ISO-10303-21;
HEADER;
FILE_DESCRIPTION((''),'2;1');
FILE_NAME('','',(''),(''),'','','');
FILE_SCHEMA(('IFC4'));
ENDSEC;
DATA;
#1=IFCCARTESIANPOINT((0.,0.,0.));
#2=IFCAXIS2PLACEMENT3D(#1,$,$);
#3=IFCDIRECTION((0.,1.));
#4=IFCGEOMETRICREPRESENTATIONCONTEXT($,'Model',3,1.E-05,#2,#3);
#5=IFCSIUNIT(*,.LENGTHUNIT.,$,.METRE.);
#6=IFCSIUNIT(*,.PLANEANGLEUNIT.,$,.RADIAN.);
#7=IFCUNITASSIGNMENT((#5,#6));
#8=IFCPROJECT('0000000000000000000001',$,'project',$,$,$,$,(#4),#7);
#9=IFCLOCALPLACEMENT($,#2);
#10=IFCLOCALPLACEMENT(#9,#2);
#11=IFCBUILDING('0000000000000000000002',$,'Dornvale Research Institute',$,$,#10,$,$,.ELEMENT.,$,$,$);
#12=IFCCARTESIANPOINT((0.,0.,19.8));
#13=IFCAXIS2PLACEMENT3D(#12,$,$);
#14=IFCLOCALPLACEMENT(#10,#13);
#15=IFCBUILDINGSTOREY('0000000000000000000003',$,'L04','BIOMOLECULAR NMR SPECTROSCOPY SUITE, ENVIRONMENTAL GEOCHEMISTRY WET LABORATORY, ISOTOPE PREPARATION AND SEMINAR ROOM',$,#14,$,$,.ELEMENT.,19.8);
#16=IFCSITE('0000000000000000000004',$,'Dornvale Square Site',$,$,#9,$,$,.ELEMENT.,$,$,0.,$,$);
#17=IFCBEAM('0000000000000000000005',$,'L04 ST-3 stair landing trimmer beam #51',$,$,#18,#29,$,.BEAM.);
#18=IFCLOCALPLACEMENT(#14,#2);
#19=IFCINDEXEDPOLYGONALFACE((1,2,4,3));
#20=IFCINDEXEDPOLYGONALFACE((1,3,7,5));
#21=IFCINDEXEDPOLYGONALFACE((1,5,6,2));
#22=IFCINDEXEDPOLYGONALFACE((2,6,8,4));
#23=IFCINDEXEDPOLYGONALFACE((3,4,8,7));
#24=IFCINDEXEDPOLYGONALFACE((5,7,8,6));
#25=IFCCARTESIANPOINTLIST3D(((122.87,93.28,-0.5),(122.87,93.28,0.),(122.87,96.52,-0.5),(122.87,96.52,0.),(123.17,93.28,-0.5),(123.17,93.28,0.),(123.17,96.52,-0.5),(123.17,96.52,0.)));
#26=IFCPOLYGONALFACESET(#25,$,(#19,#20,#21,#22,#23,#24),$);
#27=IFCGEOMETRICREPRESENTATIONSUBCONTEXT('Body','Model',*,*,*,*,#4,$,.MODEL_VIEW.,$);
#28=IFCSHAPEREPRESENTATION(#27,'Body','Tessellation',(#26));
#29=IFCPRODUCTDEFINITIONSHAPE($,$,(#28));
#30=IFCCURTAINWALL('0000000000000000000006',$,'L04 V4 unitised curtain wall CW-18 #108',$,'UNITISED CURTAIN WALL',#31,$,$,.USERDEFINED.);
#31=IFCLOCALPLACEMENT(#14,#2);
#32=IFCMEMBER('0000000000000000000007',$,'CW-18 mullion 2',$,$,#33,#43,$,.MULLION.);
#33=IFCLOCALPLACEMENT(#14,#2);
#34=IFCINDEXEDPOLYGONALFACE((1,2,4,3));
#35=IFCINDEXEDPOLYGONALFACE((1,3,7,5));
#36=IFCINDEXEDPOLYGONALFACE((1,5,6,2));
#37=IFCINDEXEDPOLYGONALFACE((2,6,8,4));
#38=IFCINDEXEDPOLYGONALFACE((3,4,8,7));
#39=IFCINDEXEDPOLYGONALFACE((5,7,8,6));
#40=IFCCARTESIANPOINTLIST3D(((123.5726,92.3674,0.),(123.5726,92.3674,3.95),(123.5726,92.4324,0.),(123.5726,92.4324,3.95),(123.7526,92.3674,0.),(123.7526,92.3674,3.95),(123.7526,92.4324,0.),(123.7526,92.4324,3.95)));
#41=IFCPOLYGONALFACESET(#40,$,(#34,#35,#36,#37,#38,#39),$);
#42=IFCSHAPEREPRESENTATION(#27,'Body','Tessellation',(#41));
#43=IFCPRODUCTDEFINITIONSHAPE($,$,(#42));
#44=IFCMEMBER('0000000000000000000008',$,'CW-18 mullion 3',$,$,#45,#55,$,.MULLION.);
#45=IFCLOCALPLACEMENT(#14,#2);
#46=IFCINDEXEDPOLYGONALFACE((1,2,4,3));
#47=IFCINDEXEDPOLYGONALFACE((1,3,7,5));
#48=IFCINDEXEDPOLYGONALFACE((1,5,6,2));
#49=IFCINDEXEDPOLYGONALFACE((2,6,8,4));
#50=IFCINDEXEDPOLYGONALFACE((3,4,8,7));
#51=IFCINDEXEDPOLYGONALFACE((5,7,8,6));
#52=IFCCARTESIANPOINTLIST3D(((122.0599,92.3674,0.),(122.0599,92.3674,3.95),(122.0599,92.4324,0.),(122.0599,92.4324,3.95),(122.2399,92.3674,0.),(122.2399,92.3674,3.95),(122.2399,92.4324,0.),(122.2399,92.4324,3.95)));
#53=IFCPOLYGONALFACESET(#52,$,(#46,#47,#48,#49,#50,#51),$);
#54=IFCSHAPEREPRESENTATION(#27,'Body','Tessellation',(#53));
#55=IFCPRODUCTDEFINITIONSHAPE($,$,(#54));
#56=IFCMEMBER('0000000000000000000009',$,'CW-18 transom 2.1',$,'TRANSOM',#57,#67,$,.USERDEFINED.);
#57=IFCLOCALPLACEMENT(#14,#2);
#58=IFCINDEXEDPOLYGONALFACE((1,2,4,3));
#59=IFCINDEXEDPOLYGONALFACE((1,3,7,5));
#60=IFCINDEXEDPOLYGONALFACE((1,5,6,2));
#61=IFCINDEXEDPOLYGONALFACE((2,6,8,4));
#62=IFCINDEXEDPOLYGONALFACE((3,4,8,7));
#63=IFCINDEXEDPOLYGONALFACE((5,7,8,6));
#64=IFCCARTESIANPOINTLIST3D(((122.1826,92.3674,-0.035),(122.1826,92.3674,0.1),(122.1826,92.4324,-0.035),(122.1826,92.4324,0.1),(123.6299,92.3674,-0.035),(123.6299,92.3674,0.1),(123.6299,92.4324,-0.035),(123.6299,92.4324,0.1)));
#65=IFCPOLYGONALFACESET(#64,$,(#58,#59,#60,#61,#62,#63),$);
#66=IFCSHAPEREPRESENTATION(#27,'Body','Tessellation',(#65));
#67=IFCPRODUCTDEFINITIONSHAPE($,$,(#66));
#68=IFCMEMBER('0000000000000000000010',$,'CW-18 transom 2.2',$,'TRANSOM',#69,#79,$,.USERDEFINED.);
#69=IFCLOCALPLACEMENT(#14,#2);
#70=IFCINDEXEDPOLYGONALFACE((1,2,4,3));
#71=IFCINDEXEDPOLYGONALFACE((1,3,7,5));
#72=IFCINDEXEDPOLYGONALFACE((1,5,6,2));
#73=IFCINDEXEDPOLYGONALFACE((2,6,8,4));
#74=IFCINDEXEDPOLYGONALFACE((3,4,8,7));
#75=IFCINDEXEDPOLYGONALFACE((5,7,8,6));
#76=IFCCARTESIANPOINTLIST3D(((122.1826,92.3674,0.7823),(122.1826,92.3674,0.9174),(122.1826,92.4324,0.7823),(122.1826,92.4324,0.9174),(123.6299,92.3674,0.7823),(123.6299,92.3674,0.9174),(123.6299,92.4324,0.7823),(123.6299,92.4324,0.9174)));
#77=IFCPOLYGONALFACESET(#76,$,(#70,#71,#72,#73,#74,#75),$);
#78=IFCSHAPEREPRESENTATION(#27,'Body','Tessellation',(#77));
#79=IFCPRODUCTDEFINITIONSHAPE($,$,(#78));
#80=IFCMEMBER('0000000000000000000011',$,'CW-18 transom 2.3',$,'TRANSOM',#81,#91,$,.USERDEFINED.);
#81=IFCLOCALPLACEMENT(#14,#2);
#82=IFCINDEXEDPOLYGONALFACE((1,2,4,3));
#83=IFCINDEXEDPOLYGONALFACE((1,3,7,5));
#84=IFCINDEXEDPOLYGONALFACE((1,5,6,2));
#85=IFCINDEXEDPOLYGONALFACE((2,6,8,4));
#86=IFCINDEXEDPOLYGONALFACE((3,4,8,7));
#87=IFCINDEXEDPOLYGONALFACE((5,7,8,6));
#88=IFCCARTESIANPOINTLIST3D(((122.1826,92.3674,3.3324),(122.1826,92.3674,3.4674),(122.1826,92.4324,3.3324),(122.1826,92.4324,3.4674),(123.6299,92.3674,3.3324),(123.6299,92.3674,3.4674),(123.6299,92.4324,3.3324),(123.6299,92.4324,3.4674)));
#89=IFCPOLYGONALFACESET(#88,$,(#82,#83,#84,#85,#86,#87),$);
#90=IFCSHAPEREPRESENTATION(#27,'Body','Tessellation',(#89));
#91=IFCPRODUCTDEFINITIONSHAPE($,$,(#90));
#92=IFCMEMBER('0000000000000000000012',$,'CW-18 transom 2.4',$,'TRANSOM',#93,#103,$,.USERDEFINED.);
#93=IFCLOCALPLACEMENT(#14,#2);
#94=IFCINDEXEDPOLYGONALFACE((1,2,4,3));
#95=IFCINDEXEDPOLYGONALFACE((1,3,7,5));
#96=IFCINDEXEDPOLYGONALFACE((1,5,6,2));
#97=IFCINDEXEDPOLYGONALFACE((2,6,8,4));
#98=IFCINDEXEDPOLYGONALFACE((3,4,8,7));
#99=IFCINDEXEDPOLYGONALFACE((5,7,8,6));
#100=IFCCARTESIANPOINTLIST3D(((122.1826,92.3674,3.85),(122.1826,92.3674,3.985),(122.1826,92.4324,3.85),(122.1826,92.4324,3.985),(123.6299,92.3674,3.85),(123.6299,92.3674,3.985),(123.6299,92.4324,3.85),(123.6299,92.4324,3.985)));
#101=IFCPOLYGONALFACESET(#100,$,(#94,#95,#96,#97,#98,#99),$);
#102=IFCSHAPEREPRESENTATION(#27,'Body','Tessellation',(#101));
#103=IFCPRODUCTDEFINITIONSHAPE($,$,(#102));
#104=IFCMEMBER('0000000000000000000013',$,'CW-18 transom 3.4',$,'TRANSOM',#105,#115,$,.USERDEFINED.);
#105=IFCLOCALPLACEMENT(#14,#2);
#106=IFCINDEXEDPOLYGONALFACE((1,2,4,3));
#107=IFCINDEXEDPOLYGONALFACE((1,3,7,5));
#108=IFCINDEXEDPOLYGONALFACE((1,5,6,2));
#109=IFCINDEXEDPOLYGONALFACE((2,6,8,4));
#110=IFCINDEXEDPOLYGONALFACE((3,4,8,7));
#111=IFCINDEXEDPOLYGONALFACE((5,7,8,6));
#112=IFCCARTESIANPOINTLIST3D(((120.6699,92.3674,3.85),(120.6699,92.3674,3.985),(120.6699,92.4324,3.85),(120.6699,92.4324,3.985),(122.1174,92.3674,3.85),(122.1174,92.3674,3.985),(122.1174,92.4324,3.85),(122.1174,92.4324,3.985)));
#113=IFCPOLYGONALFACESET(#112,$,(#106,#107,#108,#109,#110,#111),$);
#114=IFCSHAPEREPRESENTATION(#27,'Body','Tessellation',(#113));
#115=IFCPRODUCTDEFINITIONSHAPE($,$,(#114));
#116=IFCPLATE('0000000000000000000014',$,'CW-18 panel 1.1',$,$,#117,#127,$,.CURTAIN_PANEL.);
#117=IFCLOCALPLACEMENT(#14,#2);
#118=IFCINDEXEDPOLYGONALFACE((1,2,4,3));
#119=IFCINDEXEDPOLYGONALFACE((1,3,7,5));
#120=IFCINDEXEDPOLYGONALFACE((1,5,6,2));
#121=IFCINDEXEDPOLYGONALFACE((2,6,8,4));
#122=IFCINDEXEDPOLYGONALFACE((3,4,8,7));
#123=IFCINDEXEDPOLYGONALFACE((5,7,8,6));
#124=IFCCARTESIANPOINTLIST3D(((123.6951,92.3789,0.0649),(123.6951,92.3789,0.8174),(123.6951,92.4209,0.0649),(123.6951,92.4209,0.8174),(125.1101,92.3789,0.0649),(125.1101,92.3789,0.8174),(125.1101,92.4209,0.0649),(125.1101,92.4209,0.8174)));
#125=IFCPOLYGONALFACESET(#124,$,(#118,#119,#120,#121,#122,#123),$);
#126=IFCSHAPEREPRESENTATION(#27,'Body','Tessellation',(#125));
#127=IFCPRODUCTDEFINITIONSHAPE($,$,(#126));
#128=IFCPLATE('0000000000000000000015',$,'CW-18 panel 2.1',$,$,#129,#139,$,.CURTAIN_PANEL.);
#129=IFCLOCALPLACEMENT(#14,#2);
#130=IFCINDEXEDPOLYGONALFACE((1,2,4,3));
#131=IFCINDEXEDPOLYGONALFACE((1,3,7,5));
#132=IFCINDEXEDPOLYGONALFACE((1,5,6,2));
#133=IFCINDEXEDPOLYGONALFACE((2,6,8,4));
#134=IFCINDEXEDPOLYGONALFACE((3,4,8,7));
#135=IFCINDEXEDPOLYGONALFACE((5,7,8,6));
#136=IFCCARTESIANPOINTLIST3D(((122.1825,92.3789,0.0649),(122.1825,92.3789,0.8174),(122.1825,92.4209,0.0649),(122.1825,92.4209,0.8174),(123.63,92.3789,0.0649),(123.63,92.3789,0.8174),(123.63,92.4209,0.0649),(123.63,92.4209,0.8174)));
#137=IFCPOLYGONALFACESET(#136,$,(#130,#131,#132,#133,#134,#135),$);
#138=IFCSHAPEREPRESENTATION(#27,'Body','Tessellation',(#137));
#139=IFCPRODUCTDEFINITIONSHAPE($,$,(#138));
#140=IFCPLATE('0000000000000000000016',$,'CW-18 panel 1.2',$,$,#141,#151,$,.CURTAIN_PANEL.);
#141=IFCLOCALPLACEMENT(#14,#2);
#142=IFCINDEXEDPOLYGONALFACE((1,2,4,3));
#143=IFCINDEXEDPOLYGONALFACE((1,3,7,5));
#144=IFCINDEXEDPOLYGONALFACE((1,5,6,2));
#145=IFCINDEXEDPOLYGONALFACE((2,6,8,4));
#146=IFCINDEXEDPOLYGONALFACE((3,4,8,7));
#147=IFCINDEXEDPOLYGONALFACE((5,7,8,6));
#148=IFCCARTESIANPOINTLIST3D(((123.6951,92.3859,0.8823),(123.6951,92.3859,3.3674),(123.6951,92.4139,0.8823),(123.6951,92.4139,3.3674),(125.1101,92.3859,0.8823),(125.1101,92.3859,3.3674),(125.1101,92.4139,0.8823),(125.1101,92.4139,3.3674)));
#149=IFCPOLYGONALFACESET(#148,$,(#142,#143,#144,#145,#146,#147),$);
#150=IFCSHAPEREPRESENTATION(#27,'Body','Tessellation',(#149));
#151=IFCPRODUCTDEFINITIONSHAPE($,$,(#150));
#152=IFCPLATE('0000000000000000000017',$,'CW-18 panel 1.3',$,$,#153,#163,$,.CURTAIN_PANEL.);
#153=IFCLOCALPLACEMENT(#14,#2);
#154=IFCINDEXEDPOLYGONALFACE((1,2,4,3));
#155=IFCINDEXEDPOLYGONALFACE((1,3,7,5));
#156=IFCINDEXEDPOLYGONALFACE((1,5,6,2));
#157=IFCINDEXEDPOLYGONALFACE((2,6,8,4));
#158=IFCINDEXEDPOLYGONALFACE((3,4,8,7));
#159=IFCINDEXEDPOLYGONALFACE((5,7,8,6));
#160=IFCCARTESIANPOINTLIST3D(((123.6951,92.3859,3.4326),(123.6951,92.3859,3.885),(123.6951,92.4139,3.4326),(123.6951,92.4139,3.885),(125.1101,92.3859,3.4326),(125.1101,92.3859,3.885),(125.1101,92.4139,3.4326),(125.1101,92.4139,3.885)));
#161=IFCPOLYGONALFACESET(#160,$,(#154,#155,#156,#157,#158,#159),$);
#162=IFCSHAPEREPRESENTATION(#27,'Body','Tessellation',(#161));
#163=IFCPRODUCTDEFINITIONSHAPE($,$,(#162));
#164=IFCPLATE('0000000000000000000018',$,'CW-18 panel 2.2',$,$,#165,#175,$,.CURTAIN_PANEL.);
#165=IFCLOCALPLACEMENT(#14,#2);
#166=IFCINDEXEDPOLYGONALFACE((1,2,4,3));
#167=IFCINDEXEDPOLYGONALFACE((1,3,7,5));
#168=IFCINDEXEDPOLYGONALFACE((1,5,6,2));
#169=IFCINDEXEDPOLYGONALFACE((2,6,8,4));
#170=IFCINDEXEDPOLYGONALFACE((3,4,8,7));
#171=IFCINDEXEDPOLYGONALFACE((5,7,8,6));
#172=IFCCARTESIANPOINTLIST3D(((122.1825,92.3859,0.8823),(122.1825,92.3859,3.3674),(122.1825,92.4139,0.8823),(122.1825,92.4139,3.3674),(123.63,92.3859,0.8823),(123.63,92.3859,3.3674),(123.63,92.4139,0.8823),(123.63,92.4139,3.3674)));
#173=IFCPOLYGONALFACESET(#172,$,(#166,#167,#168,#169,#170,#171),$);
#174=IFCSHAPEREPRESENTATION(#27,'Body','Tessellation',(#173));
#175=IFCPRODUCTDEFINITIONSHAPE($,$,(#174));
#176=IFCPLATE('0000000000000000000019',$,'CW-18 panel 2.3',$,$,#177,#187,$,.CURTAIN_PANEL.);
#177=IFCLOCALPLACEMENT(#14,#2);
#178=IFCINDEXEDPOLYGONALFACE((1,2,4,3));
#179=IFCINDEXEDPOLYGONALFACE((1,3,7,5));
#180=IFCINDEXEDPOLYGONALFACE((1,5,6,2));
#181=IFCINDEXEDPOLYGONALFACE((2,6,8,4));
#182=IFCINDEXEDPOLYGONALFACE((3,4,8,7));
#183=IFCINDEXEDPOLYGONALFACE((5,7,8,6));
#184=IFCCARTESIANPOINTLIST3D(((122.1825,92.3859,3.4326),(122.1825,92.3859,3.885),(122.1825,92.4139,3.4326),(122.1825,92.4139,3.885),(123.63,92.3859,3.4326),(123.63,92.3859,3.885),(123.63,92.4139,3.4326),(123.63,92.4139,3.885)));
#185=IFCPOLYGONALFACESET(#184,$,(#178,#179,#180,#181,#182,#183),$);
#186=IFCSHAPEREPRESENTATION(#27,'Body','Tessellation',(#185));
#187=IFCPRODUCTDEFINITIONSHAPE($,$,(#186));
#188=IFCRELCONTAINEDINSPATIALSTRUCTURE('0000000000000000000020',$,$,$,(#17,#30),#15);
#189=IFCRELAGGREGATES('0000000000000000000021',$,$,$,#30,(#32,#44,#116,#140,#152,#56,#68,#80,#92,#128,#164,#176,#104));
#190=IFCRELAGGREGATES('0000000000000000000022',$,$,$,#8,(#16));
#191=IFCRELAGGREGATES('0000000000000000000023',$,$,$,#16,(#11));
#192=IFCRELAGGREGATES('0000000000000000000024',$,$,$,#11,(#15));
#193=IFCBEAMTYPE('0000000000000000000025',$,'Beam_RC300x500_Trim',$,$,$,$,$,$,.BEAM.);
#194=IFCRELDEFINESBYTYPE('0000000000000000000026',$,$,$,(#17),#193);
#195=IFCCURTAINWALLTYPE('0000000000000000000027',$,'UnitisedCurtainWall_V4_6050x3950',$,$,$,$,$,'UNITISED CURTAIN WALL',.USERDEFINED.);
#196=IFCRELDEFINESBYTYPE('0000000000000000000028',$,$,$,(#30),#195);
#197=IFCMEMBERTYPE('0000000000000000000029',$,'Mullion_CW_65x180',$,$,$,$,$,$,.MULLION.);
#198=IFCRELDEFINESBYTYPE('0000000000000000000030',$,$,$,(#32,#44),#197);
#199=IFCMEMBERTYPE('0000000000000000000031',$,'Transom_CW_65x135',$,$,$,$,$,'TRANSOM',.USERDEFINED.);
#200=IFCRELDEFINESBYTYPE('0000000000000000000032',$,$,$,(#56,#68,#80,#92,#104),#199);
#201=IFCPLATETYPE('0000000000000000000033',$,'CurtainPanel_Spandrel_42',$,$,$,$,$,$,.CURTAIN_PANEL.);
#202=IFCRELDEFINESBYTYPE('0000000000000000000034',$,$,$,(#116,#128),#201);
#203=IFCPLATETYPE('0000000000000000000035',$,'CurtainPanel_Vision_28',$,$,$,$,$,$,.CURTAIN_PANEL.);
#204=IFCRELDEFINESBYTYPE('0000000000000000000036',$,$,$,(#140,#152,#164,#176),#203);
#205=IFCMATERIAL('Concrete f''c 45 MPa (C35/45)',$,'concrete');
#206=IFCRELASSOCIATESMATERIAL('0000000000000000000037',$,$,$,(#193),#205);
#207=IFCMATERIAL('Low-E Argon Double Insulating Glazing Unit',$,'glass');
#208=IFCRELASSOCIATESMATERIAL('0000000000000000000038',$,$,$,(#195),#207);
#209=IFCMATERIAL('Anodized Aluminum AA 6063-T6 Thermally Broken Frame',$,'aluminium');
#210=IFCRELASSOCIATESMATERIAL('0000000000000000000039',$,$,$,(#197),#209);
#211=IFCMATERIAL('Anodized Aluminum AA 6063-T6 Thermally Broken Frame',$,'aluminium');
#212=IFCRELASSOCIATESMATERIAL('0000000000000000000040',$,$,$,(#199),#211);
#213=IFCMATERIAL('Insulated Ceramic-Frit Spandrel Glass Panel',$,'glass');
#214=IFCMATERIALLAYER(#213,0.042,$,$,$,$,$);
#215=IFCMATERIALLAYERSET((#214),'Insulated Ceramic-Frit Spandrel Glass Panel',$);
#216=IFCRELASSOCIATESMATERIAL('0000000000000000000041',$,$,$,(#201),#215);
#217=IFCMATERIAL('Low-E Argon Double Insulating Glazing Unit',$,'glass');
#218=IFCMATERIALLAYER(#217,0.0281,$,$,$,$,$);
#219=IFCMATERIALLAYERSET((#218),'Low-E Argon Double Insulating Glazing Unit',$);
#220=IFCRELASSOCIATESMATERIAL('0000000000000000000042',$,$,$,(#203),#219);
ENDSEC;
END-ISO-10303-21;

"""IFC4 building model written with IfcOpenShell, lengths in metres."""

from ifc_helpers import new_model, si_unit, direction, frame, origin, origin_2d, place, context, subcontext, project, spatial, rectangle, extrude, material, layer, layer_set, material_profile, profile_set, type_object, element, aggregate, save


model = new_model("IFC4")

# Units and contexts
model_context = context("Model", 3, precision=1e-05, world=origin(), true_north=direction((0.0, 1.0)))
body_context = subcontext(model_context, "Body", "Model", "MODEL_VIEW")
ifc_project = project(units=[si_unit("LENGTHUNIT", "METRE"), si_unit("PLANEANGLEUNIT", "RADIAN")], contexts=[model_context])

# Site, building, storey
site_placement = place(None, origin())
site = spatial("IfcSite", under=ifc_project, at=site_placement, Name="Dornvale Square Site", CompositionType="ELEMENT", RefElevation=0.0)
building_placement = place(site_placement, origin())
building = spatial("IfcBuilding", under=site, at=building_placement, Name="Dornvale Research Institute", CompositionType="ELEMENT")
storey_placement = place(building_placement, frame((0.0, 0.0, 19.8)))
storey = spatial("IfcBuildingStorey", under=building, at=storey_placement, Name="L04", Description="BIOMOLECULAR NMR SPECTROSCOPY SUITE, ENVIRONMENTAL GEOCHEMISTRY WET LABORATORY, ISOTOPE PREPARATION AND SEMINAR ROOM", CompositionType="ELEMENT", Elevation=19.8)

# Beam
ifc_material_1 = material(Name="Concrete f'c 45 MPa (C35/45)", Category="concrete")
ifc_material_profile_1 = material_profile(ifc_material_1, rectangle(XDim=0.3, YDim=0.5, at=origin_2d()), Name="RC 300x500")
ifc_profile_set_1 = profile_set([ifc_material_profile_1], Name="Concrete f'c 45 MPa (C35/45)")
beam_type = type_object("IfcBeamType", Name="Beam_RC300x500_Trim", PredefinedType="BEAM", material=ifc_profile_set_1)
beam_placement = place(storey_placement, frame((123.02, 93.28, -0.25), z_axis=(0.0, 1.0, 0.0), x_axis=(-1.0, 0.0, 0.0)))
element("IfcBeam", 1, at=beam_placement, inside=storey, type_object=beam_type, Name="L04 ST-3 stair landing trimmer beam #51", PredefinedType="BEAM", context=body_context, shape_type="SweptSolid", body=[
    extrude(rectangle(XDim=0.3, YDim=0.5, at=origin_2d()), origin(), (0.0, 0.0, 1.0), 3.24),
])

# Curtain wall, members, plates
ifc_material_2 = material(Name="Low-E Argon Double Insulating Glazing Unit", Category="glass")
curtain_wall_type = type_object("IfcCurtainWallType", Name="UnitisedCurtainWall_V4_6050x3950", ElementType="UNITISED CURTAIN WALL", PredefinedType="USERDEFINED", material=ifc_material_2)
curtain_wall_placement = place(storey_placement, origin())
curtain_wall = element("IfcCurtainWall", 2, at=curtain_wall_placement, inside=storey, type_object=curtain_wall_type, Name="L04 V4 unitised curtain wall CW-18 #108", ObjectType="UNITISED CURTAIN WALL", PredefinedType="USERDEFINED")
ifc_material_3 = material(Name="Anodized Aluminum AA 6063-T6 Thermally Broken Frame", Category="aluminium")
ifc_material_profile_2 = material_profile(ifc_material_3, rectangle(XDim=0.0649, YDim=0.1799, at=origin_2d()), Name="ALU MULLION 65x180")
ifc_profile_set_2 = profile_set([ifc_material_profile_2], Name="Anodized Aluminum AA 6063-T6 Thermally Broken Frame")
member_type_1 = type_object("IfcMemberType", Name="Mullion_CW_65x180", PredefinedType="MULLION", material=ifc_profile_set_2)
member_1_placement = place(storey_placement, frame((123.6626, 92.3999, 0.0), z_axis=(0.0, 0.0, 1.0), x_axis=(0.0, -1.0, 0.0)))
member_1 = element("IfcMember", 3, at=member_1_placement, type_object=member_type_1, Name="CW-18 mullion 2", PredefinedType="MULLION", context=body_context, shape_type="SweptSolid", body=[
    extrude(rectangle(XDim=0.0649, YDim=0.1799, at=origin_2d()), origin(), (0.0, 0.0, 1.0), 3.95),
])
member_2_placement = place(storey_placement, frame((122.1499, 92.3999, 0.0), z_axis=(0.0, 0.0, 1.0), x_axis=(0.0, -1.0, 0.0)))
member_2 = element("IfcMember", 4, at=member_2_placement, type_object=member_type_1, Name="CW-18 mullion 3", PredefinedType="MULLION", context=body_context, shape_type="SweptSolid", body=[
    extrude(rectangle(XDim=0.0649, YDim=0.1799, at=origin_2d()), origin(), (0.0, 0.0, 1.0), 3.95),
])
ifc_material_4 = material(Name="Anodized Aluminum AA 6063-T6 Thermally Broken Frame", Category="aluminium")
ifc_material_profile_3 = material_profile(ifc_material_4, rectangle(XDim=0.0649, YDim=0.135, at=origin_2d()), Name="ALU TRANSOM 65x135")
ifc_profile_set_3 = profile_set([ifc_material_profile_3], Name="Anodized Aluminum AA 6063-T6 Thermally Broken Frame")
member_type_2 = type_object("IfcMemberType", Name="Transom_CW_65x135", ElementType="TRANSOM", PredefinedType="USERDEFINED", material=ifc_profile_set_3)
member_3_placement = place(storey_placement, frame((123.6299, 92.3999, 0.0325), z_axis=(-1.0, 0.0, 0.0), x_axis=(0.0, -1.0, 0.0)))
member_3 = element("IfcMember", 5, at=member_3_placement, type_object=member_type_2, Name="CW-18 transom 2.1", ObjectType="TRANSOM", PredefinedType="USERDEFINED", context=body_context, shape_type="SweptSolid", body=[
    extrude(rectangle(XDim=0.0649, YDim=0.135, at=origin_2d()), origin(), (0.0, 0.0, 1.0), 1.4473),
])
member_4_placement = place(storey_placement, frame((123.6299, 92.3999, 0.8499), z_axis=(-1.0, 0.0, 0.0), x_axis=(0.0, -1.0, 0.0)))
member_4 = element("IfcMember", 6, at=member_4_placement, type_object=member_type_2, Name="CW-18 transom 2.2", ObjectType="TRANSOM", PredefinedType="USERDEFINED", context=body_context, shape_type="SweptSolid", body=[
    extrude(rectangle(XDim=0.0649, YDim=0.135, at=origin_2d()), origin(), (0.0, 0.0, 1.0), 1.4473),
])
member_5_placement = place(storey_placement, frame((123.6299, 92.3999, 3.3999), z_axis=(-1.0, 0.0, 0.0), x_axis=(0.0, -1.0, 0.0)))
member_5 = element("IfcMember", 7, at=member_5_placement, type_object=member_type_2, Name="CW-18 transom 2.3", ObjectType="TRANSOM", PredefinedType="USERDEFINED", context=body_context, shape_type="SweptSolid", body=[
    extrude(rectangle(XDim=0.0649, YDim=0.135, at=origin_2d()), origin(), (0.0, 0.0, 1.0), 1.4473),
])
member_6_placement = place(storey_placement, frame((123.6299, 92.3999, 3.9175), z_axis=(-1.0, 0.0, 0.0), x_axis=(0.0, -1.0, 0.0)))
member_6 = element("IfcMember", 8, at=member_6_placement, type_object=member_type_2, Name="CW-18 transom 2.4", ObjectType="TRANSOM", PredefinedType="USERDEFINED", context=body_context, shape_type="SweptSolid", body=[
    extrude(rectangle(XDim=0.0649, YDim=0.135, at=origin_2d()), origin(), (0.0, 0.0, 1.0), 1.4473),
])
member_7_placement = place(storey_placement, frame((122.1174, 92.3999, 3.9175), z_axis=(-1.0, 0.0, 0.0), x_axis=(0.0, -1.0, 0.0)))
member_7 = element("IfcMember", 9, at=member_7_placement, type_object=member_type_2, Name="CW-18 transom 3.4", ObjectType="TRANSOM", PredefinedType="USERDEFINED", context=body_context, shape_type="SweptSolid", body=[
    extrude(rectangle(XDim=0.0649, YDim=0.135, at=origin_2d()), origin(), (0.0, 0.0, 1.0), 1.4475),
])
ifc_material_5 = material(Name="Insulated Ceramic-Frit Spandrel Glass Panel", Category="glass")
ifc_layer_1 = layer(ifc_material_5, 0.042)
ifc_layer_set_1 = layer_set([ifc_layer_1], Name="Insulated Ceramic-Frit Spandrel Glass Panel")
plate_type_1 = type_object("IfcPlateType", Name="CurtainPanel_Spandrel_42", PredefinedType="CURTAIN_PANEL", material=ifc_layer_set_1)
plate_1_placement = place(storey_placement, frame((124.4026, 92.3999, 0.0649), z_axis=(0.0, 0.0, 1.0), x_axis=(-1.0, 0.0, 0.0)))
plate_1 = element("IfcPlate", 10, at=plate_1_placement, type_object=plate_type_1, Name="CW-18 panel 1.1", PredefinedType="CURTAIN_PANEL", context=body_context, shape_type="SweptSolid", body=[
    extrude(rectangle(XDim=1.415, YDim=0.042, at=origin_2d()), origin(), (0.0, 0.0, 1.0), 0.7524),
])
plate_2_placement = place(storey_placement, frame((122.9062, 92.3999, 0.0649), z_axis=(0.0, 0.0, 1.0), x_axis=(-1.0, 0.0, 0.0)))
plate_2 = element("IfcPlate", 11, at=plate_2_placement, type_object=plate_type_1, Name="CW-18 panel 2.1", PredefinedType="CURTAIN_PANEL", context=body_context, shape_type="SweptSolid", body=[
    extrude(rectangle(XDim=1.4475, YDim=0.042, at=origin_2d()), origin(), (0.0, 0.0, 1.0), 0.7524),
])
ifc_material_6 = material(Name="Low-E Argon Double Insulating Glazing Unit", Category="glass")
ifc_layer_2 = layer(ifc_material_6, 0.0281)
ifc_layer_set_2 = layer_set([ifc_layer_2], Name="Low-E Argon Double Insulating Glazing Unit")
plate_type_2 = type_object("IfcPlateType", Name="CurtainPanel_Vision_28", PredefinedType="CURTAIN_PANEL", material=ifc_layer_set_2)
plate_3_placement = place(storey_placement, frame((124.4026, 92.3999, 0.8823), z_axis=(0.0, 0.0, 1.0), x_axis=(-1.0, 0.0, 0.0)))
plate_3 = element("IfcPlate", 12, at=plate_3_placement, type_object=plate_type_2, Name="CW-18 panel 1.2", PredefinedType="CURTAIN_PANEL", context=body_context, shape_type="SweptSolid", body=[
    extrude(rectangle(XDim=1.415, YDim=0.0281, at=origin_2d()), origin(), (0.0, 0.0, 1.0), 2.4851),
])
plate_4_placement = place(storey_placement, frame((124.4026, 92.3999, 3.4326), z_axis=(0.0, 0.0, 1.0), x_axis=(-1.0, 0.0, 0.0)))
plate_4 = element("IfcPlate", 13, at=plate_4_placement, type_object=plate_type_2, Name="CW-18 panel 1.3", PredefinedType="CURTAIN_PANEL", context=body_context, shape_type="SweptSolid", body=[
    extrude(rectangle(XDim=1.415, YDim=0.0281, at=origin_2d()), origin(), (0.0, 0.0, 1.0), 0.4524),
])
plate_5_placement = place(storey_placement, frame((122.9062, 92.3999, 0.8823), z_axis=(0.0, 0.0, 1.0), x_axis=(-1.0, 0.0, 0.0)))
plate_5 = element("IfcPlate", 14, at=plate_5_placement, type_object=plate_type_2, Name="CW-18 panel 2.2", PredefinedType="CURTAIN_PANEL", context=body_context, shape_type="SweptSolid", body=[
    extrude(rectangle(XDim=1.4475, YDim=0.0281, at=origin_2d()), origin(), (0.0, 0.0, 1.0), 2.4851),
])
plate_6_placement = place(storey_placement, frame((122.9062, 92.3999, 3.4326), z_axis=(0.0, 0.0, 1.0), x_axis=(-1.0, 0.0, 0.0)))
plate_6 = element("IfcPlate", 15, at=plate_6_placement, type_object=plate_type_2, Name="CW-18 panel 2.3", PredefinedType="CURTAIN_PANEL", context=body_context, shape_type="SweptSolid", body=[
    extrude(rectangle(XDim=1.4475, YDim=0.0281, at=origin_2d()), origin(), (0.0, 0.0, 1.0), 0.4524),
])
aggregate(curtain_wall, [member_1, member_2, plate_1, plate_3, plate_4, member_3, member_4, member_5, member_6, plate_2, plate_5, plate_6, member_7])

save(model, "model.ifc")
